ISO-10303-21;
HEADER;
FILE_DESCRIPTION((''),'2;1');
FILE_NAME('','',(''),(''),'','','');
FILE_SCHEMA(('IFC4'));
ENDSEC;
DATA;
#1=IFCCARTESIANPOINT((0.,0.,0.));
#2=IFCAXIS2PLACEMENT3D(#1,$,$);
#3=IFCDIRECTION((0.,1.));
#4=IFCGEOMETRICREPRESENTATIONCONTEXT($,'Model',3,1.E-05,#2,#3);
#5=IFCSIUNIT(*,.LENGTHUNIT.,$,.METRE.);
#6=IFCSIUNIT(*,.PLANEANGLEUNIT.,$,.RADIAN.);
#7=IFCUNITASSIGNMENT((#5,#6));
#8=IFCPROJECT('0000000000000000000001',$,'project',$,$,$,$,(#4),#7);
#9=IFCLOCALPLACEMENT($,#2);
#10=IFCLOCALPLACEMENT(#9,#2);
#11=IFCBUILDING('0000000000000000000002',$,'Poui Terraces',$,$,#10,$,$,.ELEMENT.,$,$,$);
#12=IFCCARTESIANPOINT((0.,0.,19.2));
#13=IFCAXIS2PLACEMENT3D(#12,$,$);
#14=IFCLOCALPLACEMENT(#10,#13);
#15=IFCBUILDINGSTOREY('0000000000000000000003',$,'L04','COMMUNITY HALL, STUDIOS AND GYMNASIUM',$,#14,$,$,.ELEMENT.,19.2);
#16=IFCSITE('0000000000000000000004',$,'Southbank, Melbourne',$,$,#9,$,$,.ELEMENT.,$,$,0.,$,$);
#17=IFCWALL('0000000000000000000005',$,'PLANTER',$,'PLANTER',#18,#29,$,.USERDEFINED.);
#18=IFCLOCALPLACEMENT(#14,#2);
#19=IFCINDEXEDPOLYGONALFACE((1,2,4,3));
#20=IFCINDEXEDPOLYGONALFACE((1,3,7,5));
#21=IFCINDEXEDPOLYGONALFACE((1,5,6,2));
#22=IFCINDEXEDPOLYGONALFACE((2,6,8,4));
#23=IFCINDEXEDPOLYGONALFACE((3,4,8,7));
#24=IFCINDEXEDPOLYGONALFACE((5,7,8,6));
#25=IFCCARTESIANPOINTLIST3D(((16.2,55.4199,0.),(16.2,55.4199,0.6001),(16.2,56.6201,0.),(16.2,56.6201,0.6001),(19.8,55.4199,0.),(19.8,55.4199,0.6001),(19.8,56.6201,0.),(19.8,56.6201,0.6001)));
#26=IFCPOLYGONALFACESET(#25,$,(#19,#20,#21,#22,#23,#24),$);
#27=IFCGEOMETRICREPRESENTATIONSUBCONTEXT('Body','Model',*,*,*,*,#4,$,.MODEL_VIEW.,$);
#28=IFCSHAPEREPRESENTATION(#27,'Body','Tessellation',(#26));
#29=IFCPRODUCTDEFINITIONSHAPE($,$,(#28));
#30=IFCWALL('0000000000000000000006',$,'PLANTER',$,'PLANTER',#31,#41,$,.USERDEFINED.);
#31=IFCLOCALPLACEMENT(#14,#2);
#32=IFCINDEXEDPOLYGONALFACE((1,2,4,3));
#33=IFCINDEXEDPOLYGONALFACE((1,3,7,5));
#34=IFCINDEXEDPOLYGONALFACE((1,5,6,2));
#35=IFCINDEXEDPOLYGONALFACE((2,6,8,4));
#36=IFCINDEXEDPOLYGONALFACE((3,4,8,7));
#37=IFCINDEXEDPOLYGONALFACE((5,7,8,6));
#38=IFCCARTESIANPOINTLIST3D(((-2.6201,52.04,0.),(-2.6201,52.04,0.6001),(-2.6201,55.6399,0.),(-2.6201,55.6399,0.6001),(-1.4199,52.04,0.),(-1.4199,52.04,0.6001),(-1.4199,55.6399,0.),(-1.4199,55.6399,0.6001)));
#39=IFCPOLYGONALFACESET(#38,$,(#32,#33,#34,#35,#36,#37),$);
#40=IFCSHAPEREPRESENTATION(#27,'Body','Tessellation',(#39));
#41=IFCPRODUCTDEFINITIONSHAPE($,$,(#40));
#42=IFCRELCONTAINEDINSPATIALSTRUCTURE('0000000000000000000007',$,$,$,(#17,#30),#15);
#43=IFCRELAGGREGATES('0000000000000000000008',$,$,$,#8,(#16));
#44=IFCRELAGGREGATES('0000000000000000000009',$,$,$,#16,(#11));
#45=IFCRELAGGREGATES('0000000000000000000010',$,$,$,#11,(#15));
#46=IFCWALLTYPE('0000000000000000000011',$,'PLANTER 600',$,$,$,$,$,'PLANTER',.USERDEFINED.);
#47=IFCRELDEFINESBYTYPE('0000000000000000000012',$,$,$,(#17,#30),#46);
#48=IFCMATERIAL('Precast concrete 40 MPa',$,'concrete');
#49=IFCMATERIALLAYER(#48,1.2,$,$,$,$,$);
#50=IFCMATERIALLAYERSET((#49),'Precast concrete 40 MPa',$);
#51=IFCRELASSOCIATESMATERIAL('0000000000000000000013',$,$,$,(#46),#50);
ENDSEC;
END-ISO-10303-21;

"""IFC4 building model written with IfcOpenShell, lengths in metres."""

from ifc_helpers import new_model, si_unit, direction, frame, origin, place, context, subcontext, project, spatial, polyline, outline, extrude, source, transform, mapped, material, layer, layer_set, type_object, element, save


model = new_model("IFC4")

# Units and contexts
model_context = context("Model", 3, precision=1e-05, world=origin(), true_north=direction((0.0, 1.0)))
body_context = subcontext(model_context, "Body", "Model", "MODEL_VIEW")
ifc_project = project(units=[si_unit("LENGTHUNIT", "METRE"), si_unit("PLANEANGLEUNIT", "RADIAN")], contexts=[model_context])

# Site, building, storey
site_placement = place(None, origin())
site = spatial("IfcSite", under=ifc_project, at=site_placement, Name="Southbank, Melbourne", CompositionType="ELEMENT", RefElevation=0.0)
building_placement = place(site_placement, origin())
building = spatial("IfcBuilding", under=site, at=building_placement, Name="Poui Terraces", CompositionType="ELEMENT")
storey_placement = place(building_placement, frame((0.0, 0.0, 19.2)))
storey = spatial("IfcBuildingStorey", under=building, at=storey_placement, Name="L04", Description="COMMUNITY HALL, STUDIOS AND GYMNASIUM", CompositionType="ELEMENT", Elevation=19.2)

# Walls
ifc_material_1 = material(Name="Precast concrete 40 MPa", Category="concrete")
ifc_layer_1 = layer(ifc_material_1, 1.2)
ifc_layer_set_1 = layer_set([ifc_layer_1], Name="Precast concrete 40 MPa")
wall_type_1 = type_object("IfcWallType", Name="PLANTER 600", ElementType="PLANTER", PredefinedType="USERDEFINED", material=ifc_layer_set_1)
shared_shape_1 = source(origin(), body_context, "Body", "SweptSolid", [
    extrude(outline(polyline([(0.0, 0.0), (3.6001, 0.0), (3.6001, 1.2002), (0.0, 1.2002), (0.0, 0.0)])), origin(), (0.0, 0.0, 1.0), 0.6001),
])
for number, where, name in (
    (1, (16.2, 55.4199, 0.0), "PLANTER"),
):
    element("IfcWall", number, at=place(storey_placement, frame(where)), inside=storey, type_object=wall_type_1, Name=name, ObjectType="PLANTER", PredefinedType="USERDEFINED", context=body_context, shape_type="MappedRepresentation", body=[
        mapped(shared_shape_1, transform((0.0, 0.0, 0.0))),
    ])
shared_shape_2 = source(origin(), body_context, "Body", "SweptSolid", [
    extrude(outline(polyline([(0.0, 0.0), (1.2002, 0.0), (1.2002, 3.5999), (0.0, 3.5999), (0.0, 0.0)])), origin(), (0.0, 0.0, 1.0), 0.6001),
])
wall_1_placement = place(storey_placement, frame((-2.6201, 52.04, 0.0)))
element("IfcWall", 2, at=wall_1_placement, inside=storey, type_object=wall_type_1, Name="PLANTER", ObjectType="PLANTER", PredefinedType="USERDEFINED", context=body_context, shape_type="MappedRepresentation", body=[
    mapped(shared_shape_2, transform((0.0, 0.0, 0.0))),
])

save(model, "model.ifc")
